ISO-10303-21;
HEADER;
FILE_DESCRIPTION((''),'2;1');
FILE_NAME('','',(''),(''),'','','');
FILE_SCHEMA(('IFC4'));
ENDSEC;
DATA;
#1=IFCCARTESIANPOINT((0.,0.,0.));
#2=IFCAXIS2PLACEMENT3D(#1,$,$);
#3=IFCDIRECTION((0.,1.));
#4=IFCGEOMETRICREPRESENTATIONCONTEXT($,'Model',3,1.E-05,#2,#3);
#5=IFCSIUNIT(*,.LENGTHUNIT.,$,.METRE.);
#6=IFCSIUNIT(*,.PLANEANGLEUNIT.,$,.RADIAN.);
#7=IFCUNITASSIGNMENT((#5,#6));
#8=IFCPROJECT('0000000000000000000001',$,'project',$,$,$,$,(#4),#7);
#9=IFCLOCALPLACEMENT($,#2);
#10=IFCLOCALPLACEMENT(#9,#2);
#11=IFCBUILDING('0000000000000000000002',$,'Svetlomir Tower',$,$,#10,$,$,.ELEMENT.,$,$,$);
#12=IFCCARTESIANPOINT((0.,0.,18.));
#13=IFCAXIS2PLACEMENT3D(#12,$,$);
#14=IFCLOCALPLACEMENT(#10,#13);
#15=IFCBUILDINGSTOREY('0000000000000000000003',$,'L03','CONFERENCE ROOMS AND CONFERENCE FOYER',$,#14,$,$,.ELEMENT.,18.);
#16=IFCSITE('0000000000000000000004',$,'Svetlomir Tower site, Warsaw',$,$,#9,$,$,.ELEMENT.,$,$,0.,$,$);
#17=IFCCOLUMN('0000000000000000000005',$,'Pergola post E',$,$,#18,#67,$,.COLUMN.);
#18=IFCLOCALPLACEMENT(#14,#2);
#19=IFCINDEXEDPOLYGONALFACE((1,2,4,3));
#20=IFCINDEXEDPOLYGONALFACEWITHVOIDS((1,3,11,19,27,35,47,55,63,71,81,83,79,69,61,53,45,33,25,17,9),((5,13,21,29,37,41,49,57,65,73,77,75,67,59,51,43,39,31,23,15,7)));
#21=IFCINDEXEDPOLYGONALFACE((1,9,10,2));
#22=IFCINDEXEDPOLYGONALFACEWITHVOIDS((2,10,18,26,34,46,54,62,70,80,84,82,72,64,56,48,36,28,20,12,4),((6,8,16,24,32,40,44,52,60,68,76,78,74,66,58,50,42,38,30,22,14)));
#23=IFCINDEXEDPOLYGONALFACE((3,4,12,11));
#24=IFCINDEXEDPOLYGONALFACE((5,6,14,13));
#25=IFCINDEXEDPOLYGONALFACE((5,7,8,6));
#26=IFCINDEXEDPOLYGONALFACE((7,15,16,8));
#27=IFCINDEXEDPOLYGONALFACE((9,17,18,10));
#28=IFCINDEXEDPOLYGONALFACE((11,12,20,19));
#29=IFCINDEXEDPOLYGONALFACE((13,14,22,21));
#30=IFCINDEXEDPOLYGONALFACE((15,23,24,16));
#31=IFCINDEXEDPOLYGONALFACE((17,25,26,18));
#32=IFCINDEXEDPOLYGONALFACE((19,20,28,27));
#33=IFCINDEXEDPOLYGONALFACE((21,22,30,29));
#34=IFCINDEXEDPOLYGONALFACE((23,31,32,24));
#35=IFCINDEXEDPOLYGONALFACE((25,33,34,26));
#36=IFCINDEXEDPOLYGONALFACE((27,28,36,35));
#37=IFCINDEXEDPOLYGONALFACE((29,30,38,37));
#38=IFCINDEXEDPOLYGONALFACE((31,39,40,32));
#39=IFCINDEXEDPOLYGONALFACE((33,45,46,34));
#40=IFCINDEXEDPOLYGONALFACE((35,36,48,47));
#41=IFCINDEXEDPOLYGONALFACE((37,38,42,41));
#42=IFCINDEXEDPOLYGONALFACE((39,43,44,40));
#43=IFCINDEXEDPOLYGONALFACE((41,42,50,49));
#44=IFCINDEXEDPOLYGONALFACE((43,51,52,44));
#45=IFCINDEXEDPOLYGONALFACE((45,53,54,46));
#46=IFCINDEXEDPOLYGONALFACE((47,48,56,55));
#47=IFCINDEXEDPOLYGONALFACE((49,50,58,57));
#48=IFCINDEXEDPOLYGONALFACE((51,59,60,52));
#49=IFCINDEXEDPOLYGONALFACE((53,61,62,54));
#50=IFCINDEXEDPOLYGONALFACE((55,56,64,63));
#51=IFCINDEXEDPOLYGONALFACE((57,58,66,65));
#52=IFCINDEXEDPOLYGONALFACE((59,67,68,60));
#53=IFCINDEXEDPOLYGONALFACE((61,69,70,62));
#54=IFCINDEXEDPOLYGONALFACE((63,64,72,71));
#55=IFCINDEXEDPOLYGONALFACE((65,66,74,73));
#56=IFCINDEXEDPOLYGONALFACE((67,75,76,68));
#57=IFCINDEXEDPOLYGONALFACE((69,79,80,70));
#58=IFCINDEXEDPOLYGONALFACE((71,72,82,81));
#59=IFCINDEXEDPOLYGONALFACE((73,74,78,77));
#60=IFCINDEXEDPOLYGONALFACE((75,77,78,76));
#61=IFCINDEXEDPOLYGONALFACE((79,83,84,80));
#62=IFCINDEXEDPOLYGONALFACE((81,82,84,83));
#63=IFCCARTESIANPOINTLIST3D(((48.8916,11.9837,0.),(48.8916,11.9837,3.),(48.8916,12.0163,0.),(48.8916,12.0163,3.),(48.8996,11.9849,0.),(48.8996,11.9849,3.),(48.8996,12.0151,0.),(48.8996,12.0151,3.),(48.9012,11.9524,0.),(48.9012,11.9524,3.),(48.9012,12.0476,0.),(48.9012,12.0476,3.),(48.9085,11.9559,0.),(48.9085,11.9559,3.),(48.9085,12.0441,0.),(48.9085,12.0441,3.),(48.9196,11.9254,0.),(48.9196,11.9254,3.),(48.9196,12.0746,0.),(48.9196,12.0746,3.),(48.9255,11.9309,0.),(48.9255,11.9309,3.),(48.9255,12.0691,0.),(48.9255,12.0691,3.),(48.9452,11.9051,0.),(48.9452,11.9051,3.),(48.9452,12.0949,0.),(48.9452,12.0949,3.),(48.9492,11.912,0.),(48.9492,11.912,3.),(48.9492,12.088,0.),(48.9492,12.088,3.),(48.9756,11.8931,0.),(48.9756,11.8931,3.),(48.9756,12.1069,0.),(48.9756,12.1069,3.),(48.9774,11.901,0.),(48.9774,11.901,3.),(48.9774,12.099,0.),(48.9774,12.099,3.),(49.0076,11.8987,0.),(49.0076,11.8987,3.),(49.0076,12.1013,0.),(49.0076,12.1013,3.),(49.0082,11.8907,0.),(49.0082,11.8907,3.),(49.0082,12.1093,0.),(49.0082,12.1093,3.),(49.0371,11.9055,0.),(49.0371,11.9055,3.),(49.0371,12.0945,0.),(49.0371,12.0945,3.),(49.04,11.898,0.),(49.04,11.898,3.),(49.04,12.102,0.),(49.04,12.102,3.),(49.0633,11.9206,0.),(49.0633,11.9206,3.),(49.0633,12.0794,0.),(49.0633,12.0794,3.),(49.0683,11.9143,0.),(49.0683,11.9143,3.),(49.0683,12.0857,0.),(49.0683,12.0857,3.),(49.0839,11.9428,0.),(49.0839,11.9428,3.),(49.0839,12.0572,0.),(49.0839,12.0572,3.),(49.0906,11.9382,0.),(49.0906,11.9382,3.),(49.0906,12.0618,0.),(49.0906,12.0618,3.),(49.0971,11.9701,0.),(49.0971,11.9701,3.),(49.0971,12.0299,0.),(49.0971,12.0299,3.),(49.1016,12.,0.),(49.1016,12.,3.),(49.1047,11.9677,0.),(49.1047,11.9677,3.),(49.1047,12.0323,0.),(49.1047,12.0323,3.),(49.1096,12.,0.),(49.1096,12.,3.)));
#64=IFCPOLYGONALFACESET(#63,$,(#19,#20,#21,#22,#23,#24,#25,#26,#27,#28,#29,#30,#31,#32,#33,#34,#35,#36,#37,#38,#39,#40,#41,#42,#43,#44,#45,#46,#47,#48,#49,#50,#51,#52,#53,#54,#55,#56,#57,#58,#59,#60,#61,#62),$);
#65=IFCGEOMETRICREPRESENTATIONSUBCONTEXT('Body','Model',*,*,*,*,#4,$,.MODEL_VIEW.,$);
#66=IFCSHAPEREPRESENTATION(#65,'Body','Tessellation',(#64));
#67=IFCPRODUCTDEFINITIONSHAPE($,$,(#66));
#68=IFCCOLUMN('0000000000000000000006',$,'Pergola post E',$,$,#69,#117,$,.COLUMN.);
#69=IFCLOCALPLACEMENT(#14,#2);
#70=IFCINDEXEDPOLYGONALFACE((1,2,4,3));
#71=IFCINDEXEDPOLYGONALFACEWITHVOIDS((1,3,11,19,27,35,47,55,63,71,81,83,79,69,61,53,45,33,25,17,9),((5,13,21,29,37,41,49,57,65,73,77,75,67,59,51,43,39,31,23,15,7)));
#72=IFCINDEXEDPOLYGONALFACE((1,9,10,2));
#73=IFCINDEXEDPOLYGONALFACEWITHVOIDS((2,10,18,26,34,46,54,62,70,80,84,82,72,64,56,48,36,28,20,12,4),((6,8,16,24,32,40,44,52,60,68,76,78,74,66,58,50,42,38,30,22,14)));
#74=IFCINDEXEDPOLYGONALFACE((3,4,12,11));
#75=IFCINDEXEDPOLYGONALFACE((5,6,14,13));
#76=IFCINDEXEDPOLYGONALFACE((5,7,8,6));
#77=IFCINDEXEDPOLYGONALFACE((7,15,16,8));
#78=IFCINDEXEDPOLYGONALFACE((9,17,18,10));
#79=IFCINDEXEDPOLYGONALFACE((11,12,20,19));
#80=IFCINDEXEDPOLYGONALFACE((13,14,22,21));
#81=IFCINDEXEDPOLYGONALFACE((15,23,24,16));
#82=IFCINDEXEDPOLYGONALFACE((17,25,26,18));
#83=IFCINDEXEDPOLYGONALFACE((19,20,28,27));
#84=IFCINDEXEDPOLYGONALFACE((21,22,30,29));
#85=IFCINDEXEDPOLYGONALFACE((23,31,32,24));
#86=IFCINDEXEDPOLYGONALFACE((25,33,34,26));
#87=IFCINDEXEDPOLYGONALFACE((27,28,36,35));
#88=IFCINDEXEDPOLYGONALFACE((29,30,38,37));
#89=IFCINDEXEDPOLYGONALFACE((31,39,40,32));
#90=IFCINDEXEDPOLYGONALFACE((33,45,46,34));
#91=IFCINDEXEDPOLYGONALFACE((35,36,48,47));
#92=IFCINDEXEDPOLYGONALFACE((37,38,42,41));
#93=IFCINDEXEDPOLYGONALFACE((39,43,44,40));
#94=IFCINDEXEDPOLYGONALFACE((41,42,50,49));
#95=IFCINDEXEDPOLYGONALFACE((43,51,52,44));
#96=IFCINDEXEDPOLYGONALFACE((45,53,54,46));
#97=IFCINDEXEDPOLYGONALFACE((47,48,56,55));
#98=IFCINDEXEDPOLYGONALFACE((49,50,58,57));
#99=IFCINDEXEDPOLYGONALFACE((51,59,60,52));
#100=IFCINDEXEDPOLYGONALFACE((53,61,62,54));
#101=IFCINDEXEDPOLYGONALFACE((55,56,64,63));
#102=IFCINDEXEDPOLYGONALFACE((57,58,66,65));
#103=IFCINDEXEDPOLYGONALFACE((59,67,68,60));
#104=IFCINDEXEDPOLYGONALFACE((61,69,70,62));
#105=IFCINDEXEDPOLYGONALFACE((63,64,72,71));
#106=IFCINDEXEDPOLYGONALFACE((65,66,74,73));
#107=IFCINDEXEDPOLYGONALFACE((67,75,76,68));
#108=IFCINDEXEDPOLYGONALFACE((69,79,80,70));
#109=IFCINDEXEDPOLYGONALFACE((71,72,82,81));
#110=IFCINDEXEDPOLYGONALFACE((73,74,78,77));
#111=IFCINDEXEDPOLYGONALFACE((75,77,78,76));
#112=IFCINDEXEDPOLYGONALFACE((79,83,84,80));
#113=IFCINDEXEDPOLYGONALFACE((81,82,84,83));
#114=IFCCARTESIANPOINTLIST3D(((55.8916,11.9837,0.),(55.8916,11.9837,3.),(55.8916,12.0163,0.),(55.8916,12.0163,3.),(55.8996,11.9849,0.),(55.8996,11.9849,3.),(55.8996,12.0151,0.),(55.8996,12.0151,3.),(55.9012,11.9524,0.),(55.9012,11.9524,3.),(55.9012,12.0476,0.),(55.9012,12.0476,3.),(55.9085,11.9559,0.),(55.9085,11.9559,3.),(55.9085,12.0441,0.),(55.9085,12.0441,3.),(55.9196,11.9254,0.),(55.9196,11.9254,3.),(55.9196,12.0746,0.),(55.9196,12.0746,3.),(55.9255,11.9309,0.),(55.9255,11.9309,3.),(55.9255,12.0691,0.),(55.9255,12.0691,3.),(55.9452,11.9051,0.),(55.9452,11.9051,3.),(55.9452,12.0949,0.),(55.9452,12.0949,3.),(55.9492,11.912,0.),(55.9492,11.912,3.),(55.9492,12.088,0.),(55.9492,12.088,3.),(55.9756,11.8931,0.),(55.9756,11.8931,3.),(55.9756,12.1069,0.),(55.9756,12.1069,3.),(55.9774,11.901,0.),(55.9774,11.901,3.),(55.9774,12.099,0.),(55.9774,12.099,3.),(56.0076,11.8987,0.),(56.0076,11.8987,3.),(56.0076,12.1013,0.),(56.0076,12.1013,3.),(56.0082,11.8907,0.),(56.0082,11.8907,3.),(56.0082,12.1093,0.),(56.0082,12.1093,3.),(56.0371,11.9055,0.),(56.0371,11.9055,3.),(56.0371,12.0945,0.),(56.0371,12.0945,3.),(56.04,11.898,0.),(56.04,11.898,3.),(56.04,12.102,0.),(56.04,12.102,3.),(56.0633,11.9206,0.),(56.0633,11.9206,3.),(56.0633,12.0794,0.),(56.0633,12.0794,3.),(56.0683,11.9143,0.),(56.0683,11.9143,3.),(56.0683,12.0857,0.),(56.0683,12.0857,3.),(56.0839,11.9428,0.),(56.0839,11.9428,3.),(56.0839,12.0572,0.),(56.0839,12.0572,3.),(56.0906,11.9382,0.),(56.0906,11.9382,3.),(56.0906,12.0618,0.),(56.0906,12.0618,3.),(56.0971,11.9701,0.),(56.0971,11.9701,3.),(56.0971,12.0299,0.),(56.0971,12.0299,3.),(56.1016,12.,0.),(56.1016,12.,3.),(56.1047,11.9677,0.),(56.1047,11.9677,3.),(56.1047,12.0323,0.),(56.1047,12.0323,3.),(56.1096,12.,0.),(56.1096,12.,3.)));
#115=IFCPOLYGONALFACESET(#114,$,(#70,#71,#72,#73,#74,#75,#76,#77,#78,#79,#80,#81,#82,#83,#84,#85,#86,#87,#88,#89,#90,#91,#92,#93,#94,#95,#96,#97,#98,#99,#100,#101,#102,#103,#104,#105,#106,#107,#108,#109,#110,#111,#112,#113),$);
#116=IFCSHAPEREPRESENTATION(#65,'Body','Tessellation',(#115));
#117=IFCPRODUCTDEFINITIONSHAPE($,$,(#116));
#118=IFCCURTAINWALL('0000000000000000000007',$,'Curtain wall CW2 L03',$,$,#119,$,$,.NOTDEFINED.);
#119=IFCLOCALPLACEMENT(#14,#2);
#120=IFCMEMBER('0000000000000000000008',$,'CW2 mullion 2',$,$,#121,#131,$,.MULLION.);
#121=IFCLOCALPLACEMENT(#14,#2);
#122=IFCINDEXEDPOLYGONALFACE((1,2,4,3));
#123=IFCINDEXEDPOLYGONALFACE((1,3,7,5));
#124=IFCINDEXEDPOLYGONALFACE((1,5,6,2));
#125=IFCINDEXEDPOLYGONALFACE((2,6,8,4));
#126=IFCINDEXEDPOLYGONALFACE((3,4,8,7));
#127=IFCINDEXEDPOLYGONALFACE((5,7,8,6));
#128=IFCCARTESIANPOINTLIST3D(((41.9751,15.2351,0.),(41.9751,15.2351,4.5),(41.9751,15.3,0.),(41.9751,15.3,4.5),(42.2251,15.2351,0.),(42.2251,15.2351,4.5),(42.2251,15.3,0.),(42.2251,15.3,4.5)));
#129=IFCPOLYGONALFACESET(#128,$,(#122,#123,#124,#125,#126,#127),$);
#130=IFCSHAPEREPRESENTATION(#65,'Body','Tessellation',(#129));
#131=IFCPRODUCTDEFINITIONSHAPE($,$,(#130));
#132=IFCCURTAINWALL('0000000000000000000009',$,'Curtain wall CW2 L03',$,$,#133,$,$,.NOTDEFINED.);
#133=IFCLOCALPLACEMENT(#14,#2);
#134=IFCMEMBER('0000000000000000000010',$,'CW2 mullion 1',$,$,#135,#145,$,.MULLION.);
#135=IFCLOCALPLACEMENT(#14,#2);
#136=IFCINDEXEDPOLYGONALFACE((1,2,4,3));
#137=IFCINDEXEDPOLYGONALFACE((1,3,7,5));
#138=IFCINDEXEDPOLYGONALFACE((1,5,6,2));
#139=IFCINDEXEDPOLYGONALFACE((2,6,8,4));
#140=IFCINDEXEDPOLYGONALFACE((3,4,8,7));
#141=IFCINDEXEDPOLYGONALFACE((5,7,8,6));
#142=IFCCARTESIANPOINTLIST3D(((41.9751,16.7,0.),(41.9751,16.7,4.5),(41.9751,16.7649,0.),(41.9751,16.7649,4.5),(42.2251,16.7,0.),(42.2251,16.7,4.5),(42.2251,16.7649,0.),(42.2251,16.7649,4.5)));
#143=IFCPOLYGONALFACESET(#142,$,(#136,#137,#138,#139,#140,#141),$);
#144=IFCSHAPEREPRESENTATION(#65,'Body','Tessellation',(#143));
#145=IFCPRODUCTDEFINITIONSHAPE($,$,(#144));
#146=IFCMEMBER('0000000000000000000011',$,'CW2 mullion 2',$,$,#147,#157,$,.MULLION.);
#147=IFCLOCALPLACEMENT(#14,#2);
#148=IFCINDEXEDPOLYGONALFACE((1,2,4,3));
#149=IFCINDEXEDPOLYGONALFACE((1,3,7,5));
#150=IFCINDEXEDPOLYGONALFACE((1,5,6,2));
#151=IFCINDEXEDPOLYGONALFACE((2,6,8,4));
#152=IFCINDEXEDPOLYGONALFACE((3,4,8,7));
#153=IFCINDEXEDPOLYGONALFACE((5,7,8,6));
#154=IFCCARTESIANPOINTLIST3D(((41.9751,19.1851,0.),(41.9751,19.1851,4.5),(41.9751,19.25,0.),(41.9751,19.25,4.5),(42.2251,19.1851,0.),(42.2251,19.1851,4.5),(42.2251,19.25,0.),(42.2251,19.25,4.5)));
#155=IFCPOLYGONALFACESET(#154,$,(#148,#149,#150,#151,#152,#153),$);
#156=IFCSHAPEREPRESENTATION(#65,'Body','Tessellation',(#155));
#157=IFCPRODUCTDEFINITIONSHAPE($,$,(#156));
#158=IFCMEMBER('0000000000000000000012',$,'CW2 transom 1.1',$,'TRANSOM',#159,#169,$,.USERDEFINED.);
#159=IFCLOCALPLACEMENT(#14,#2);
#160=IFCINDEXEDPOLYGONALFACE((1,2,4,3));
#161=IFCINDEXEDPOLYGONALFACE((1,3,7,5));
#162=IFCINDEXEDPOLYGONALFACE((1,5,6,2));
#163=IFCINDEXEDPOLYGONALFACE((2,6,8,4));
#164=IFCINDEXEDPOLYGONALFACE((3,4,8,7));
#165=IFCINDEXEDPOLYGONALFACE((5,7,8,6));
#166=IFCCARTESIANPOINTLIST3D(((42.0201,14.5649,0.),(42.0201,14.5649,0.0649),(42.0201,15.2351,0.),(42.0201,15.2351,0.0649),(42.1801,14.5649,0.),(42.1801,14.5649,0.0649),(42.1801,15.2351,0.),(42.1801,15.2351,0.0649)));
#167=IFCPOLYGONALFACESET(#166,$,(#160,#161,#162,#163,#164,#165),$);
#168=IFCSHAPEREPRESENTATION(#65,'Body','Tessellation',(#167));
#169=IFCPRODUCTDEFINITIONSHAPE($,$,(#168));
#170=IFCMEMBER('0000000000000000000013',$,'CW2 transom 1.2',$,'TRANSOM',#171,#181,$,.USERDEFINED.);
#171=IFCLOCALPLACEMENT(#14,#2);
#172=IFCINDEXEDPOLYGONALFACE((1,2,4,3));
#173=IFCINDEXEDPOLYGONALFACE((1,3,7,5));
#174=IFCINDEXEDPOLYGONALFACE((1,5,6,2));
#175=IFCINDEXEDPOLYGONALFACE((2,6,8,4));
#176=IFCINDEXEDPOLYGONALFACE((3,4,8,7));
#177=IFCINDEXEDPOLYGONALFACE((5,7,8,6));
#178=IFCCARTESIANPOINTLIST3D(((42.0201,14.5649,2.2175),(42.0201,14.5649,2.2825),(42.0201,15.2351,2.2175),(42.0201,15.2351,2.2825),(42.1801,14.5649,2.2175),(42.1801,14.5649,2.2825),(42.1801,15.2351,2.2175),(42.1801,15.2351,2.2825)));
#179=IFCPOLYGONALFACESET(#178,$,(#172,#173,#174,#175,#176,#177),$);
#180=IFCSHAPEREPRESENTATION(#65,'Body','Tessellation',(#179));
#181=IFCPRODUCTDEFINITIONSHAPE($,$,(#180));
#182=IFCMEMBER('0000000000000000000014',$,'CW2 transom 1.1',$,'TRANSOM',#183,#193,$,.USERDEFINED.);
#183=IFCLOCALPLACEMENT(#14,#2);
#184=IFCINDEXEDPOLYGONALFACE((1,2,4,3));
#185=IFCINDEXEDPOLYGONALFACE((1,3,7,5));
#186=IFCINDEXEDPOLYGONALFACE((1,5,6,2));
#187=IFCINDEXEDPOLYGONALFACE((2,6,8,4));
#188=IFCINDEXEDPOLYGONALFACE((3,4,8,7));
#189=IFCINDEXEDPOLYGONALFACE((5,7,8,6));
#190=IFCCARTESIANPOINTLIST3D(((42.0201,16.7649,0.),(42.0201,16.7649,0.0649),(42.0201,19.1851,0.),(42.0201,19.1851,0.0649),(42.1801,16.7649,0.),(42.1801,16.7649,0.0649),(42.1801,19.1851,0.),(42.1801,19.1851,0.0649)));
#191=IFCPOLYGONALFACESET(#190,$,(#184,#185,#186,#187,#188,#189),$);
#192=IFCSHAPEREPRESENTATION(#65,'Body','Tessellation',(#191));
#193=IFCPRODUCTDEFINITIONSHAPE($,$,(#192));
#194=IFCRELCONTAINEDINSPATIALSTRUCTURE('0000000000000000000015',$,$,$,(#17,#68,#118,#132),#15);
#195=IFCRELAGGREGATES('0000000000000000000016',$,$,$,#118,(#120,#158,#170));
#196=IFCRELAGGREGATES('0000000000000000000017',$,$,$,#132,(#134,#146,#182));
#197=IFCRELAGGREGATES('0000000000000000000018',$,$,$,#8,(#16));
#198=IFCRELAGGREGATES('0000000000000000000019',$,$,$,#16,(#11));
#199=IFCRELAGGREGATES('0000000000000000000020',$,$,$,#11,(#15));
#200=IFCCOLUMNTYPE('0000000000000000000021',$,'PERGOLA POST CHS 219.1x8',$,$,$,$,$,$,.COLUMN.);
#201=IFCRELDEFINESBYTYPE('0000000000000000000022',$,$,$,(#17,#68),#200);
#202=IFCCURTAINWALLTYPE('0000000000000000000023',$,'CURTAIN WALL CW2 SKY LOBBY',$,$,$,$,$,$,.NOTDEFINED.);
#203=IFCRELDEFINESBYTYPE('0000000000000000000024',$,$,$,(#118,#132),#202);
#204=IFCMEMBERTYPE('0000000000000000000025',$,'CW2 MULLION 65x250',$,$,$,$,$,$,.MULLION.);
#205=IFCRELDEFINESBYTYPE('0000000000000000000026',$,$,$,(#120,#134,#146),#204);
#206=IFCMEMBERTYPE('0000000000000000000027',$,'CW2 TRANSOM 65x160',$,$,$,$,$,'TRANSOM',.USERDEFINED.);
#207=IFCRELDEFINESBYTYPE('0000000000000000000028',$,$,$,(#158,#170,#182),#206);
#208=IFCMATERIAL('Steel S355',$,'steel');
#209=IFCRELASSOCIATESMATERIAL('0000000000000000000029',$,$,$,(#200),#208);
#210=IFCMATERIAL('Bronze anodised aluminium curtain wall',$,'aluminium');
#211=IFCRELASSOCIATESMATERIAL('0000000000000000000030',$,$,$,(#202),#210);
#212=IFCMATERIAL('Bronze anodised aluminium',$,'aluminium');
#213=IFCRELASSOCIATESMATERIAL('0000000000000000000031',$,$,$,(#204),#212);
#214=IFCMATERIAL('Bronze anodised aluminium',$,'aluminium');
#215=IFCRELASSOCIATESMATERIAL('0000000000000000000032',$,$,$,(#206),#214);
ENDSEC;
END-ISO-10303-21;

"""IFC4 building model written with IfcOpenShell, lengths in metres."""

from ifc_helpers import new_model, si_unit, direction, frame, origin, origin_2d, place, context, subcontext, project, spatial, rectangle, hollow_circle, extrude, material, material_profile, profile_set, type_object, element, aggregate, save


model = new_model("IFC4")

# Units and contexts
model_context = context("Model", 3, precision=1e-05, world=origin(), true_north=direction((0.0, 1.0)))
body_context = subcontext(model_context, "Body", "Model", "MODEL_VIEW")
ifc_project = project(units=[si_unit("LENGTHUNIT", "METRE"), si_unit("PLANEANGLEUNIT", "RADIAN")], contexts=[model_context])

# Site, building, storey
site_placement = place(None, origin())
site = spatial("IfcSite", under=ifc_project, at=site_placement, Name="Svetlomir Tower site, Warsaw", CompositionType="ELEMENT", RefElevation=0.0)
building_placement = place(site_placement, origin())
building = spatial("IfcBuilding", under=site, at=building_placement, Name="Svetlomir Tower", CompositionType="ELEMENT")
storey_placement = place(building_placement, frame((0.0, 0.0, 18.0)))
storey = spatial("IfcBuildingStorey", under=building, at=storey_placement, Name="L03", Description="CONFERENCE ROOMS AND CONFERENCE FOYER", CompositionType="ELEMENT", Elevation=18.0)

# Columns
ifc_material_1 = material(Name="Steel S355", Category="steel")
ifc_material_profile_1 = material_profile(ifc_material_1, hollow_circle(Radius=0.1096, WallThickness=0.0081, at=origin_2d()), Name="CHS 219.1x8")
ifc_profile_set_1 = profile_set([ifc_material_profile_1], Name="Steel S355")
column_type = type_object("IfcColumnType", Name="PERGOLA POST CHS 219.1x8", PredefinedType="COLUMN", material=ifc_profile_set_1)
for number, where, z_axis, x_axis, name in (
    (1, (49.0, 12.0, 0.0), (0.0, 0.0, 1.0), (1.0, 0.0, 0.0), "Pergola post E"),
    (2, (56.0, 12.0, 0.0), (0.0, 0.0, 1.0), (1.0, 0.0, 0.0), "Pergola post E"),
):
    element("IfcColumn", number, at=place(storey_placement, frame(where, z_axis=z_axis, x_axis=x_axis)), inside=storey, type_object=column_type, Name=name, PredefinedType="COLUMN", context=body_context, shape_type="SweptSolid", body=[
        extrude(hollow_circle(Radius=0.1096, WallThickness=0.0081, at=origin_2d()), origin(), (0.0, 0.0, 1.0), 3.0),
    ])

# Curtain wall, member
ifc_material_2 = material(Name="Bronze anodised aluminium curtain wall", Category="aluminium")
curtain_wall_type = type_object("IfcCurtainWallType", Name="CURTAIN WALL CW2 SKY LOBBY", PredefinedType="NOTDEFINED", material=ifc_material_2)
curtain_wall_1_placement = place(storey_placement, origin())
curtain_wall_1 = element("IfcCurtainWall", 3, at=curtain_wall_1_placement, inside=storey, type_object=curtain_wall_type, Name="Curtain wall CW2 L03", PredefinedType="NOTDEFINED")
ifc_material_3 = material(Name="Bronze anodised aluminium", Category="aluminium")
ifc_material_profile_2 = material_profile(ifc_material_3, rectangle(XDim=0.0649, YDim=0.25, at=origin_2d()), Name="AL 65x250")
ifc_profile_set_2 = profile_set([ifc_material_profile_2], Name="Bronze anodised aluminium 6063-T6")
member_type_1 = type_object("IfcMemberType", Name="CW2 MULLION 65x250", PredefinedType="MULLION", material=ifc_profile_set_2)
member_1_placement = place(storey_placement, frame((42.1001, 15.2676, 0.0), z_axis=(0.0, 0.0, 1.0), x_axis=(0.0, 1.0, 0.0)))
member_1 = element("IfcMember", 4, at=member_1_placement, type_object=member_type_1, Name="CW2 mullion 2", PredefinedType="MULLION", context=body_context, shape_type="SweptSolid", body=[
    extrude(rectangle(XDim=0.0649, YDim=0.25, at=origin_2d()), origin(), (0.0, 0.0, 1.0), 4.5),
])

# Curtain wall, members
curtain_wall_2_placement = place(storey_placement, origin())
curtain_wall_2 = element("IfcCurtainWall", 5, at=curtain_wall_2_placement, inside=storey, type_object=curtain_wall_type, Name="Curtain wall CW2 L03", PredefinedType="NOTDEFINED")
member_2_placement = place(storey_placement, frame((42.1001, 16.7324, 0.0), z_axis=(0.0, 0.0, 1.0), x_axis=(0.0, 1.0, 0.0)))
member_2 = element("IfcMember", 6, at=member_2_placement, type_object=member_type_1, Name="CW2 mullion 1", PredefinedType="MULLION", context=body_context, shape_type="SweptSolid", body=[
    extrude(rectangle(XDim=0.0649, YDim=0.25, at=origin_2d()), origin(), (0.0, 0.0, 1.0), 4.5),
])
member_3_placement = place(storey_placement, frame((42.1001, 19.2175, 0.0), z_axis=(0.0, 0.0, 1.0), x_axis=(0.0, 1.0, 0.0)))
member_3 = element("IfcMember", 7, at=member_3_placement, type_object=member_type_1, Name="CW2 mullion 2", PredefinedType="MULLION", context=body_context, shape_type="SweptSolid", body=[
    extrude(rectangle(XDim=0.0649, YDim=0.25, at=origin_2d()), origin(), (0.0, 0.0, 1.0), 4.5),
])

# Members
ifc_material_4 = material(Name="Bronze anodised aluminium", Category="aluminium")
ifc_material_profile_3 = material_profile(ifc_material_4, rectangle(XDim=0.1599, YDim=0.0649, at=origin_2d()), Name="AL 160x65")
ifc_profile_set_3 = profile_set([ifc_material_profile_3], Name="Bronze anodised aluminium 6063-T6")
member_type_2 = type_object("IfcMemberType", Name="CW2 TRANSOM 65x160", ElementType="TRANSOM", PredefinedType="USERDEFINED", material=ifc_profile_set_3)
member_4_placement = place(storey_placement, frame((42.1001, 14.5649, 0.0325), z_axis=(0.0, 1.0, 0.0), x_axis=(-1.0, 0.0, 0.0)))
member_4 = element("IfcMember", 8, at=member_4_placement, type_object=member_type_2, Name="CW2 transom 1.1", ObjectType="TRANSOM", PredefinedType="USERDEFINED", context=body_context, shape_type="SweptSolid", body=[
    extrude(rectangle(XDim=0.1599, YDim=0.0649, at=origin_2d()), origin(), (0.0, 0.0, 1.0), 0.6702),
])
member_5_placement = place(storey_placement, frame((42.1001, 14.5649, 2.25), z_axis=(0.0, 1.0, 0.0), x_axis=(-1.0, 0.0, 0.0)))
member_5 = element("IfcMember", 9, at=member_5_placement, type_object=member_type_2, Name="CW2 transom 1.2", ObjectType="TRANSOM", PredefinedType="USERDEFINED", context=body_context, shape_type="SweptSolid", body=[
    extrude(rectangle(XDim=0.1599, YDim=0.0649, at=origin_2d()), origin(), (0.0, 0.0, 1.0), 0.6702),
])
member_6_placement = place(storey_placement, frame((42.1001, 16.7649, 0.0325), z_axis=(0.0, 1.0, 0.0), x_axis=(-1.0, 0.0, 0.0)))
member_6 = element("IfcMember", 10, at=member_6_placement, type_object=member_type_2, Name="CW2 transom 1.1", ObjectType="TRANSOM", PredefinedType="USERDEFINED", context=body_context, shape_type="SweptSolid", body=[
    extrude(rectangle(XDim=0.1599, YDim=0.0649, at=origin_2d()), origin(), (0.0, 0.0, 1.0), 2.4202),
])

aggregate(curtain_wall_1, [member_1, member_4, member_5])
aggregate(curtain_wall_2, [member_2, member_3, member_6])

save(model, "model.ifc")
